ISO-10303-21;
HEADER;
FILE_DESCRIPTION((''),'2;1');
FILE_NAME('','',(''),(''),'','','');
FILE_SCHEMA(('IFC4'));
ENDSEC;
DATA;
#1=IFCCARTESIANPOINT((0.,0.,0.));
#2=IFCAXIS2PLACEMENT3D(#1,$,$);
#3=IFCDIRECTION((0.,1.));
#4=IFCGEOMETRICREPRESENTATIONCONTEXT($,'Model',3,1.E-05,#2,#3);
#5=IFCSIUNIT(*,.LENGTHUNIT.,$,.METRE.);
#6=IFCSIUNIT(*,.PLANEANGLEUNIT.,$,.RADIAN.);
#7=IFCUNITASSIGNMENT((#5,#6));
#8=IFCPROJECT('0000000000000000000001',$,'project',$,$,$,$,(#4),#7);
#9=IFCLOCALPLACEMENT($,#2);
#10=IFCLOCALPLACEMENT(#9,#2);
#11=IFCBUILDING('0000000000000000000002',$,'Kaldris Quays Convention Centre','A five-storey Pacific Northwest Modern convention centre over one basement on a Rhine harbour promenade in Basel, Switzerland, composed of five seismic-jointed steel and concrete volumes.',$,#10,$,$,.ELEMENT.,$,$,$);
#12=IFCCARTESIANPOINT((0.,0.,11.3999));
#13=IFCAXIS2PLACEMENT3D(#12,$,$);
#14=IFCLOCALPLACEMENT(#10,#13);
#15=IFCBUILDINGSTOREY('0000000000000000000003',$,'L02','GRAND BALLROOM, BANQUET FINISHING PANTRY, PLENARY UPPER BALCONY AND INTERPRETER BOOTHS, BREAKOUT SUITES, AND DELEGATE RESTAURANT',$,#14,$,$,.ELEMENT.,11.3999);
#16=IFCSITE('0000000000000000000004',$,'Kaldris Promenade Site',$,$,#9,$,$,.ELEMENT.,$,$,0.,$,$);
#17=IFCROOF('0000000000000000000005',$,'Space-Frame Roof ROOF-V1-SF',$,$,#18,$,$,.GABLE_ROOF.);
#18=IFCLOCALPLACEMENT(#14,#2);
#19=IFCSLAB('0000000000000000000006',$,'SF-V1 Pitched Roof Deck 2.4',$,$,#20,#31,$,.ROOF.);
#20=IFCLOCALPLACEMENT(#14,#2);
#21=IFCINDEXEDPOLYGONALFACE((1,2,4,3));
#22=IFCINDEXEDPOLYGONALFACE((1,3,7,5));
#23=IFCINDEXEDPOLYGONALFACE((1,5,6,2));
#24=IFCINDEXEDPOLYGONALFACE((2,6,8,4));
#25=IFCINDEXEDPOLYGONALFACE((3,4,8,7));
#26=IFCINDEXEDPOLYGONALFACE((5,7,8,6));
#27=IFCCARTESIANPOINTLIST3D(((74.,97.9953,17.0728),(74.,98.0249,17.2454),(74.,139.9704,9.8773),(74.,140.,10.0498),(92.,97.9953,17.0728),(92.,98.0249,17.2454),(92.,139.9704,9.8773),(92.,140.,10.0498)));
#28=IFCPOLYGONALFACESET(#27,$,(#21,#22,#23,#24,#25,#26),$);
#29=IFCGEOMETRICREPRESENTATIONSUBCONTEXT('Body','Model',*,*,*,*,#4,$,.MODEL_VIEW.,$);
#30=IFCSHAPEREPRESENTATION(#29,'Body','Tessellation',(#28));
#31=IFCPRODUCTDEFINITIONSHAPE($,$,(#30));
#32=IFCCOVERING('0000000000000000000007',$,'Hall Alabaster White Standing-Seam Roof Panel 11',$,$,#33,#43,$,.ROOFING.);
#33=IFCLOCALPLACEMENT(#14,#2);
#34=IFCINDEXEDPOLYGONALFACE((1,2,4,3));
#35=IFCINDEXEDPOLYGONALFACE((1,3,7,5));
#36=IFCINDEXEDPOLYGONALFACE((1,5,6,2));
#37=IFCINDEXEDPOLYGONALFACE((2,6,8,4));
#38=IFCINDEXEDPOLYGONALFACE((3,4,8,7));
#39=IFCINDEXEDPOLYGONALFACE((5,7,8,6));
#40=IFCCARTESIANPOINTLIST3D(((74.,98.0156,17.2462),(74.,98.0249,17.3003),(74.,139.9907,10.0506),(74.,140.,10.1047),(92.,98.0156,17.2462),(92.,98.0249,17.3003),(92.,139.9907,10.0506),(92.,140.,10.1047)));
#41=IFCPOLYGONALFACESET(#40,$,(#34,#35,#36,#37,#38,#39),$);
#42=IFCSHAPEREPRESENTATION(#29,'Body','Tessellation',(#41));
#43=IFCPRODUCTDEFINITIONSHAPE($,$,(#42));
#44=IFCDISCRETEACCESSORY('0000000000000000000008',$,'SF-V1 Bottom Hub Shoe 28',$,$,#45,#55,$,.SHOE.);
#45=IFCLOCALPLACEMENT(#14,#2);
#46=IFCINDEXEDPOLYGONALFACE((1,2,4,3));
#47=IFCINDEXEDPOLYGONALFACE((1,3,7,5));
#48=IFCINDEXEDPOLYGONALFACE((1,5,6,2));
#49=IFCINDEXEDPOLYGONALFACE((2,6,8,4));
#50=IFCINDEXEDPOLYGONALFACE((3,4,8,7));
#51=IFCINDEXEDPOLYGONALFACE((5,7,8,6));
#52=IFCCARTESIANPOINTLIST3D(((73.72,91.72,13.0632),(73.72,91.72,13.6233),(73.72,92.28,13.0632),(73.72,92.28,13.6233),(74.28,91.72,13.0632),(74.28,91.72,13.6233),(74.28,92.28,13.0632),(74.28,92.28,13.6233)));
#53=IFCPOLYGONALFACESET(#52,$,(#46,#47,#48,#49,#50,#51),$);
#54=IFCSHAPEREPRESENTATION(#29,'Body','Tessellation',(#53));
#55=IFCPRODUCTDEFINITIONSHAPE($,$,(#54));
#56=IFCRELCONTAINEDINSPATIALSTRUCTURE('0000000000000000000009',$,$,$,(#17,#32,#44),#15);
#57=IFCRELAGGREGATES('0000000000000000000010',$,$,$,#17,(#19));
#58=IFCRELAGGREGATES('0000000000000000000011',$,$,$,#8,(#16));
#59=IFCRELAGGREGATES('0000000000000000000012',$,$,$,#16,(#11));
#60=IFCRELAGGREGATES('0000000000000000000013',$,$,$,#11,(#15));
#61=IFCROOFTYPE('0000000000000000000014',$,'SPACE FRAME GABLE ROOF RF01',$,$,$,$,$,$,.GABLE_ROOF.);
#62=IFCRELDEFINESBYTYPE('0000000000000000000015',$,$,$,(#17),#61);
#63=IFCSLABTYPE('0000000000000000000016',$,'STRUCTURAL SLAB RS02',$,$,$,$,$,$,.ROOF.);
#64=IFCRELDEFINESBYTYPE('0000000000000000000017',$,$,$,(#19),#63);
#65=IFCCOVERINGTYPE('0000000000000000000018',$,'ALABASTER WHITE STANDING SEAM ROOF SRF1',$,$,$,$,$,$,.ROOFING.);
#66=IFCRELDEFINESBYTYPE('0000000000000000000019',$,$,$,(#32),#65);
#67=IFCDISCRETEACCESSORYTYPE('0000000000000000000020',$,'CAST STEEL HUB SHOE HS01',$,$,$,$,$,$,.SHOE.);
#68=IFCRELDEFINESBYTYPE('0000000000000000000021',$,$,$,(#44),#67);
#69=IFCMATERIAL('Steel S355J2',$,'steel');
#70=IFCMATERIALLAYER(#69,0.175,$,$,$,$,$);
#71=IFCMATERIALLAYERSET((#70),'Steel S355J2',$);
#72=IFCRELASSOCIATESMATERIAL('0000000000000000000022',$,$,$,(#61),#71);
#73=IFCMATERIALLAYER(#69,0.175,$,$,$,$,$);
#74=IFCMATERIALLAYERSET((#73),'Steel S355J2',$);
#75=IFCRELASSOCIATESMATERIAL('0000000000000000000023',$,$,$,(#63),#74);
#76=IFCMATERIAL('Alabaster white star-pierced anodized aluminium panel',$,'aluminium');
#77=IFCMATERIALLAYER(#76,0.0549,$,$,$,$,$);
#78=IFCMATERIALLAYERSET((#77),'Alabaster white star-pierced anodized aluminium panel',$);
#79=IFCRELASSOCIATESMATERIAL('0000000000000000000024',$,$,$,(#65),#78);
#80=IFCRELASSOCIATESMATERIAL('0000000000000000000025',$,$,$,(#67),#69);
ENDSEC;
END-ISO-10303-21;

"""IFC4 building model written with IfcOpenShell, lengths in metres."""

from ifc_helpers import new_model, si_unit, direction, frame, origin, origin_2d, place, context, subcontext, project, spatial, polyline, rectangle, outline, extrude, material, layer, layer_set, type_object, element, aggregate, save


model = new_model("IFC4")

# Units and contexts
model_context = context("Model", 3, precision=1e-05, world=origin(), true_north=direction((0.0, 1.0)))
body_context = subcontext(model_context, "Body", "Model", "MODEL_VIEW")
ifc_project = project(units=[si_unit("LENGTHUNIT", "METRE"), si_unit("PLANEANGLEUNIT", "RADIAN")], contexts=[model_context])

# Site, building, storey
site_placement = place(None, origin())
site = spatial("IfcSite", under=ifc_project, at=site_placement, Name="Kaldris Promenade Site", CompositionType="ELEMENT", RefElevation=0.0)
building_placement = place(site_placement, origin())
building = spatial("IfcBuilding", under=site, at=building_placement, Name="Kaldris Quays Convention Centre", Description="A five-storey Pacific Northwest Modern convention centre over one basement on a Rhine harbour promenade in Basel, Switzerland, composed of five seismic-jointed steel and concrete volumes.", CompositionType="ELEMENT")
storey_placement = place(building_placement, frame((0.0, 0.0, 11.3999)))
storey = spatial("IfcBuildingStorey", under=building, at=storey_placement, Name="L02", Description="GRAND BALLROOM, BANQUET FINISHING PANTRY, PLENARY UPPER BALCONY AND INTERPRETER BOOTHS, BREAKOUT SUITES, AND DELEGATE RESTAURANT", CompositionType="ELEMENT", Elevation=11.3999)

# Shared definitions
ifc_material_1 = material(Name="Steel S355J2", Category="steel")

# Roof, slab
ifc_layer_1 = layer(ifc_material_1, 0.175)
ifc_layer_set_1 = layer_set([ifc_layer_1], Name="Steel S355J2")
roof_type = type_object("IfcRoofType", Name="SPACE FRAME GABLE ROOF RF01", PredefinedType="GABLE_ROOF", material=ifc_layer_set_1)
roof_placement = place(storey_placement, origin())
roof = element("IfcRoof", 1, at=roof_placement, inside=storey, type_object=roof_type, Name="Space-Frame Roof ROOF-V1-SF", PredefinedType="GABLE_ROOF")
ifc_layer_2 = layer(ifc_material_1, 0.175)
ifc_layer_set_2 = layer_set([ifc_layer_2], Name="Steel S355J2")
slab_type = type_object("IfcSlabType", Name="STRUCTURAL SLAB RS02", PredefinedType="ROOF", material=ifc_layer_set_2)
slab_placement = place(storey_placement, frame((74.0, 98.0249, 17.2454), z_axis=(0.0, 0.16896, 0.985623), x_axis=(1.0, 0.0, 0.0)))
slab = element("IfcSlab", 2, at=slab_placement, type_object=slab_type, Name="SF-V1 Pitched Roof Deck 2.4", PredefinedType="ROOF", context=body_context, shape_type="SweptSolid", body=[
    extrude(outline(polyline([(0.0, 0.0), (18.0, 0.0), (18.0, 42.5874), (0.0, 42.5874), (0.0, 0.0)])), origin(), (0.0, 0.0, -1.0), 0.175),
])
aggregate(roof, [slab])

# Covering
ifc_material_2 = material(Name="Alabaster white star-pierced anodized aluminium panel", Category="aluminium")
ifc_layer_3 = layer(ifc_material_2, 0.0549)
ifc_layer_set_3 = layer_set([ifc_layer_3], Name="Alabaster white star-pierced anodized aluminium panel")
covering_type = type_object("IfcCoveringType", Name="ALABASTER WHITE STANDING SEAM ROOF SRF1", PredefinedType="ROOFING", material=ifc_layer_set_3)
covering_placement = place(storey_placement, frame((74.0, 98.0249, 17.3003), z_axis=(0.0, 0.16896, 0.985623), x_axis=(1.0, 0.0, 0.0)))
element("IfcCovering", 3, at=covering_placement, inside=storey, type_object=covering_type, Name="Hall Alabaster White Standing-Seam Roof Panel 11", PredefinedType="ROOFING", context=body_context, shape_type="SweptSolid", body=[
    extrude(outline(polyline([(0.0, 0.0), (18.0, 0.0), (18.0, 42.5874), (0.0, 42.5874), (0.0, 0.0)])), origin(), (0.0, 0.0, -1.0), 0.0549),
])

# Discrete accessory
discrete_accessory_type = type_object("IfcDiscreteAccessoryType", Name="CAST STEEL HUB SHOE HS01", PredefinedType="SHOE", material=ifc_material_1)
discrete_accessory_placement = place(storey_placement, frame((74.0, 92.0, 13.0632), z_axis=(0.0, 0.0, 1.0), x_axis=(1.0, 0.0, 0.0)))
element("IfcDiscreteAccessory", 4, at=discrete_accessory_placement, inside=storey, type_object=discrete_accessory_type, Name="SF-V1 Bottom Hub Shoe 28", PredefinedType="SHOE", context=body_context, shape_type="SweptSolid", body=[
    extrude(rectangle(XDim=0.5601, YDim=0.5601, at=origin_2d()), origin(), (0.0, 0.0, 1.0), 0.5601),
])

save(model, "model.ifc")
